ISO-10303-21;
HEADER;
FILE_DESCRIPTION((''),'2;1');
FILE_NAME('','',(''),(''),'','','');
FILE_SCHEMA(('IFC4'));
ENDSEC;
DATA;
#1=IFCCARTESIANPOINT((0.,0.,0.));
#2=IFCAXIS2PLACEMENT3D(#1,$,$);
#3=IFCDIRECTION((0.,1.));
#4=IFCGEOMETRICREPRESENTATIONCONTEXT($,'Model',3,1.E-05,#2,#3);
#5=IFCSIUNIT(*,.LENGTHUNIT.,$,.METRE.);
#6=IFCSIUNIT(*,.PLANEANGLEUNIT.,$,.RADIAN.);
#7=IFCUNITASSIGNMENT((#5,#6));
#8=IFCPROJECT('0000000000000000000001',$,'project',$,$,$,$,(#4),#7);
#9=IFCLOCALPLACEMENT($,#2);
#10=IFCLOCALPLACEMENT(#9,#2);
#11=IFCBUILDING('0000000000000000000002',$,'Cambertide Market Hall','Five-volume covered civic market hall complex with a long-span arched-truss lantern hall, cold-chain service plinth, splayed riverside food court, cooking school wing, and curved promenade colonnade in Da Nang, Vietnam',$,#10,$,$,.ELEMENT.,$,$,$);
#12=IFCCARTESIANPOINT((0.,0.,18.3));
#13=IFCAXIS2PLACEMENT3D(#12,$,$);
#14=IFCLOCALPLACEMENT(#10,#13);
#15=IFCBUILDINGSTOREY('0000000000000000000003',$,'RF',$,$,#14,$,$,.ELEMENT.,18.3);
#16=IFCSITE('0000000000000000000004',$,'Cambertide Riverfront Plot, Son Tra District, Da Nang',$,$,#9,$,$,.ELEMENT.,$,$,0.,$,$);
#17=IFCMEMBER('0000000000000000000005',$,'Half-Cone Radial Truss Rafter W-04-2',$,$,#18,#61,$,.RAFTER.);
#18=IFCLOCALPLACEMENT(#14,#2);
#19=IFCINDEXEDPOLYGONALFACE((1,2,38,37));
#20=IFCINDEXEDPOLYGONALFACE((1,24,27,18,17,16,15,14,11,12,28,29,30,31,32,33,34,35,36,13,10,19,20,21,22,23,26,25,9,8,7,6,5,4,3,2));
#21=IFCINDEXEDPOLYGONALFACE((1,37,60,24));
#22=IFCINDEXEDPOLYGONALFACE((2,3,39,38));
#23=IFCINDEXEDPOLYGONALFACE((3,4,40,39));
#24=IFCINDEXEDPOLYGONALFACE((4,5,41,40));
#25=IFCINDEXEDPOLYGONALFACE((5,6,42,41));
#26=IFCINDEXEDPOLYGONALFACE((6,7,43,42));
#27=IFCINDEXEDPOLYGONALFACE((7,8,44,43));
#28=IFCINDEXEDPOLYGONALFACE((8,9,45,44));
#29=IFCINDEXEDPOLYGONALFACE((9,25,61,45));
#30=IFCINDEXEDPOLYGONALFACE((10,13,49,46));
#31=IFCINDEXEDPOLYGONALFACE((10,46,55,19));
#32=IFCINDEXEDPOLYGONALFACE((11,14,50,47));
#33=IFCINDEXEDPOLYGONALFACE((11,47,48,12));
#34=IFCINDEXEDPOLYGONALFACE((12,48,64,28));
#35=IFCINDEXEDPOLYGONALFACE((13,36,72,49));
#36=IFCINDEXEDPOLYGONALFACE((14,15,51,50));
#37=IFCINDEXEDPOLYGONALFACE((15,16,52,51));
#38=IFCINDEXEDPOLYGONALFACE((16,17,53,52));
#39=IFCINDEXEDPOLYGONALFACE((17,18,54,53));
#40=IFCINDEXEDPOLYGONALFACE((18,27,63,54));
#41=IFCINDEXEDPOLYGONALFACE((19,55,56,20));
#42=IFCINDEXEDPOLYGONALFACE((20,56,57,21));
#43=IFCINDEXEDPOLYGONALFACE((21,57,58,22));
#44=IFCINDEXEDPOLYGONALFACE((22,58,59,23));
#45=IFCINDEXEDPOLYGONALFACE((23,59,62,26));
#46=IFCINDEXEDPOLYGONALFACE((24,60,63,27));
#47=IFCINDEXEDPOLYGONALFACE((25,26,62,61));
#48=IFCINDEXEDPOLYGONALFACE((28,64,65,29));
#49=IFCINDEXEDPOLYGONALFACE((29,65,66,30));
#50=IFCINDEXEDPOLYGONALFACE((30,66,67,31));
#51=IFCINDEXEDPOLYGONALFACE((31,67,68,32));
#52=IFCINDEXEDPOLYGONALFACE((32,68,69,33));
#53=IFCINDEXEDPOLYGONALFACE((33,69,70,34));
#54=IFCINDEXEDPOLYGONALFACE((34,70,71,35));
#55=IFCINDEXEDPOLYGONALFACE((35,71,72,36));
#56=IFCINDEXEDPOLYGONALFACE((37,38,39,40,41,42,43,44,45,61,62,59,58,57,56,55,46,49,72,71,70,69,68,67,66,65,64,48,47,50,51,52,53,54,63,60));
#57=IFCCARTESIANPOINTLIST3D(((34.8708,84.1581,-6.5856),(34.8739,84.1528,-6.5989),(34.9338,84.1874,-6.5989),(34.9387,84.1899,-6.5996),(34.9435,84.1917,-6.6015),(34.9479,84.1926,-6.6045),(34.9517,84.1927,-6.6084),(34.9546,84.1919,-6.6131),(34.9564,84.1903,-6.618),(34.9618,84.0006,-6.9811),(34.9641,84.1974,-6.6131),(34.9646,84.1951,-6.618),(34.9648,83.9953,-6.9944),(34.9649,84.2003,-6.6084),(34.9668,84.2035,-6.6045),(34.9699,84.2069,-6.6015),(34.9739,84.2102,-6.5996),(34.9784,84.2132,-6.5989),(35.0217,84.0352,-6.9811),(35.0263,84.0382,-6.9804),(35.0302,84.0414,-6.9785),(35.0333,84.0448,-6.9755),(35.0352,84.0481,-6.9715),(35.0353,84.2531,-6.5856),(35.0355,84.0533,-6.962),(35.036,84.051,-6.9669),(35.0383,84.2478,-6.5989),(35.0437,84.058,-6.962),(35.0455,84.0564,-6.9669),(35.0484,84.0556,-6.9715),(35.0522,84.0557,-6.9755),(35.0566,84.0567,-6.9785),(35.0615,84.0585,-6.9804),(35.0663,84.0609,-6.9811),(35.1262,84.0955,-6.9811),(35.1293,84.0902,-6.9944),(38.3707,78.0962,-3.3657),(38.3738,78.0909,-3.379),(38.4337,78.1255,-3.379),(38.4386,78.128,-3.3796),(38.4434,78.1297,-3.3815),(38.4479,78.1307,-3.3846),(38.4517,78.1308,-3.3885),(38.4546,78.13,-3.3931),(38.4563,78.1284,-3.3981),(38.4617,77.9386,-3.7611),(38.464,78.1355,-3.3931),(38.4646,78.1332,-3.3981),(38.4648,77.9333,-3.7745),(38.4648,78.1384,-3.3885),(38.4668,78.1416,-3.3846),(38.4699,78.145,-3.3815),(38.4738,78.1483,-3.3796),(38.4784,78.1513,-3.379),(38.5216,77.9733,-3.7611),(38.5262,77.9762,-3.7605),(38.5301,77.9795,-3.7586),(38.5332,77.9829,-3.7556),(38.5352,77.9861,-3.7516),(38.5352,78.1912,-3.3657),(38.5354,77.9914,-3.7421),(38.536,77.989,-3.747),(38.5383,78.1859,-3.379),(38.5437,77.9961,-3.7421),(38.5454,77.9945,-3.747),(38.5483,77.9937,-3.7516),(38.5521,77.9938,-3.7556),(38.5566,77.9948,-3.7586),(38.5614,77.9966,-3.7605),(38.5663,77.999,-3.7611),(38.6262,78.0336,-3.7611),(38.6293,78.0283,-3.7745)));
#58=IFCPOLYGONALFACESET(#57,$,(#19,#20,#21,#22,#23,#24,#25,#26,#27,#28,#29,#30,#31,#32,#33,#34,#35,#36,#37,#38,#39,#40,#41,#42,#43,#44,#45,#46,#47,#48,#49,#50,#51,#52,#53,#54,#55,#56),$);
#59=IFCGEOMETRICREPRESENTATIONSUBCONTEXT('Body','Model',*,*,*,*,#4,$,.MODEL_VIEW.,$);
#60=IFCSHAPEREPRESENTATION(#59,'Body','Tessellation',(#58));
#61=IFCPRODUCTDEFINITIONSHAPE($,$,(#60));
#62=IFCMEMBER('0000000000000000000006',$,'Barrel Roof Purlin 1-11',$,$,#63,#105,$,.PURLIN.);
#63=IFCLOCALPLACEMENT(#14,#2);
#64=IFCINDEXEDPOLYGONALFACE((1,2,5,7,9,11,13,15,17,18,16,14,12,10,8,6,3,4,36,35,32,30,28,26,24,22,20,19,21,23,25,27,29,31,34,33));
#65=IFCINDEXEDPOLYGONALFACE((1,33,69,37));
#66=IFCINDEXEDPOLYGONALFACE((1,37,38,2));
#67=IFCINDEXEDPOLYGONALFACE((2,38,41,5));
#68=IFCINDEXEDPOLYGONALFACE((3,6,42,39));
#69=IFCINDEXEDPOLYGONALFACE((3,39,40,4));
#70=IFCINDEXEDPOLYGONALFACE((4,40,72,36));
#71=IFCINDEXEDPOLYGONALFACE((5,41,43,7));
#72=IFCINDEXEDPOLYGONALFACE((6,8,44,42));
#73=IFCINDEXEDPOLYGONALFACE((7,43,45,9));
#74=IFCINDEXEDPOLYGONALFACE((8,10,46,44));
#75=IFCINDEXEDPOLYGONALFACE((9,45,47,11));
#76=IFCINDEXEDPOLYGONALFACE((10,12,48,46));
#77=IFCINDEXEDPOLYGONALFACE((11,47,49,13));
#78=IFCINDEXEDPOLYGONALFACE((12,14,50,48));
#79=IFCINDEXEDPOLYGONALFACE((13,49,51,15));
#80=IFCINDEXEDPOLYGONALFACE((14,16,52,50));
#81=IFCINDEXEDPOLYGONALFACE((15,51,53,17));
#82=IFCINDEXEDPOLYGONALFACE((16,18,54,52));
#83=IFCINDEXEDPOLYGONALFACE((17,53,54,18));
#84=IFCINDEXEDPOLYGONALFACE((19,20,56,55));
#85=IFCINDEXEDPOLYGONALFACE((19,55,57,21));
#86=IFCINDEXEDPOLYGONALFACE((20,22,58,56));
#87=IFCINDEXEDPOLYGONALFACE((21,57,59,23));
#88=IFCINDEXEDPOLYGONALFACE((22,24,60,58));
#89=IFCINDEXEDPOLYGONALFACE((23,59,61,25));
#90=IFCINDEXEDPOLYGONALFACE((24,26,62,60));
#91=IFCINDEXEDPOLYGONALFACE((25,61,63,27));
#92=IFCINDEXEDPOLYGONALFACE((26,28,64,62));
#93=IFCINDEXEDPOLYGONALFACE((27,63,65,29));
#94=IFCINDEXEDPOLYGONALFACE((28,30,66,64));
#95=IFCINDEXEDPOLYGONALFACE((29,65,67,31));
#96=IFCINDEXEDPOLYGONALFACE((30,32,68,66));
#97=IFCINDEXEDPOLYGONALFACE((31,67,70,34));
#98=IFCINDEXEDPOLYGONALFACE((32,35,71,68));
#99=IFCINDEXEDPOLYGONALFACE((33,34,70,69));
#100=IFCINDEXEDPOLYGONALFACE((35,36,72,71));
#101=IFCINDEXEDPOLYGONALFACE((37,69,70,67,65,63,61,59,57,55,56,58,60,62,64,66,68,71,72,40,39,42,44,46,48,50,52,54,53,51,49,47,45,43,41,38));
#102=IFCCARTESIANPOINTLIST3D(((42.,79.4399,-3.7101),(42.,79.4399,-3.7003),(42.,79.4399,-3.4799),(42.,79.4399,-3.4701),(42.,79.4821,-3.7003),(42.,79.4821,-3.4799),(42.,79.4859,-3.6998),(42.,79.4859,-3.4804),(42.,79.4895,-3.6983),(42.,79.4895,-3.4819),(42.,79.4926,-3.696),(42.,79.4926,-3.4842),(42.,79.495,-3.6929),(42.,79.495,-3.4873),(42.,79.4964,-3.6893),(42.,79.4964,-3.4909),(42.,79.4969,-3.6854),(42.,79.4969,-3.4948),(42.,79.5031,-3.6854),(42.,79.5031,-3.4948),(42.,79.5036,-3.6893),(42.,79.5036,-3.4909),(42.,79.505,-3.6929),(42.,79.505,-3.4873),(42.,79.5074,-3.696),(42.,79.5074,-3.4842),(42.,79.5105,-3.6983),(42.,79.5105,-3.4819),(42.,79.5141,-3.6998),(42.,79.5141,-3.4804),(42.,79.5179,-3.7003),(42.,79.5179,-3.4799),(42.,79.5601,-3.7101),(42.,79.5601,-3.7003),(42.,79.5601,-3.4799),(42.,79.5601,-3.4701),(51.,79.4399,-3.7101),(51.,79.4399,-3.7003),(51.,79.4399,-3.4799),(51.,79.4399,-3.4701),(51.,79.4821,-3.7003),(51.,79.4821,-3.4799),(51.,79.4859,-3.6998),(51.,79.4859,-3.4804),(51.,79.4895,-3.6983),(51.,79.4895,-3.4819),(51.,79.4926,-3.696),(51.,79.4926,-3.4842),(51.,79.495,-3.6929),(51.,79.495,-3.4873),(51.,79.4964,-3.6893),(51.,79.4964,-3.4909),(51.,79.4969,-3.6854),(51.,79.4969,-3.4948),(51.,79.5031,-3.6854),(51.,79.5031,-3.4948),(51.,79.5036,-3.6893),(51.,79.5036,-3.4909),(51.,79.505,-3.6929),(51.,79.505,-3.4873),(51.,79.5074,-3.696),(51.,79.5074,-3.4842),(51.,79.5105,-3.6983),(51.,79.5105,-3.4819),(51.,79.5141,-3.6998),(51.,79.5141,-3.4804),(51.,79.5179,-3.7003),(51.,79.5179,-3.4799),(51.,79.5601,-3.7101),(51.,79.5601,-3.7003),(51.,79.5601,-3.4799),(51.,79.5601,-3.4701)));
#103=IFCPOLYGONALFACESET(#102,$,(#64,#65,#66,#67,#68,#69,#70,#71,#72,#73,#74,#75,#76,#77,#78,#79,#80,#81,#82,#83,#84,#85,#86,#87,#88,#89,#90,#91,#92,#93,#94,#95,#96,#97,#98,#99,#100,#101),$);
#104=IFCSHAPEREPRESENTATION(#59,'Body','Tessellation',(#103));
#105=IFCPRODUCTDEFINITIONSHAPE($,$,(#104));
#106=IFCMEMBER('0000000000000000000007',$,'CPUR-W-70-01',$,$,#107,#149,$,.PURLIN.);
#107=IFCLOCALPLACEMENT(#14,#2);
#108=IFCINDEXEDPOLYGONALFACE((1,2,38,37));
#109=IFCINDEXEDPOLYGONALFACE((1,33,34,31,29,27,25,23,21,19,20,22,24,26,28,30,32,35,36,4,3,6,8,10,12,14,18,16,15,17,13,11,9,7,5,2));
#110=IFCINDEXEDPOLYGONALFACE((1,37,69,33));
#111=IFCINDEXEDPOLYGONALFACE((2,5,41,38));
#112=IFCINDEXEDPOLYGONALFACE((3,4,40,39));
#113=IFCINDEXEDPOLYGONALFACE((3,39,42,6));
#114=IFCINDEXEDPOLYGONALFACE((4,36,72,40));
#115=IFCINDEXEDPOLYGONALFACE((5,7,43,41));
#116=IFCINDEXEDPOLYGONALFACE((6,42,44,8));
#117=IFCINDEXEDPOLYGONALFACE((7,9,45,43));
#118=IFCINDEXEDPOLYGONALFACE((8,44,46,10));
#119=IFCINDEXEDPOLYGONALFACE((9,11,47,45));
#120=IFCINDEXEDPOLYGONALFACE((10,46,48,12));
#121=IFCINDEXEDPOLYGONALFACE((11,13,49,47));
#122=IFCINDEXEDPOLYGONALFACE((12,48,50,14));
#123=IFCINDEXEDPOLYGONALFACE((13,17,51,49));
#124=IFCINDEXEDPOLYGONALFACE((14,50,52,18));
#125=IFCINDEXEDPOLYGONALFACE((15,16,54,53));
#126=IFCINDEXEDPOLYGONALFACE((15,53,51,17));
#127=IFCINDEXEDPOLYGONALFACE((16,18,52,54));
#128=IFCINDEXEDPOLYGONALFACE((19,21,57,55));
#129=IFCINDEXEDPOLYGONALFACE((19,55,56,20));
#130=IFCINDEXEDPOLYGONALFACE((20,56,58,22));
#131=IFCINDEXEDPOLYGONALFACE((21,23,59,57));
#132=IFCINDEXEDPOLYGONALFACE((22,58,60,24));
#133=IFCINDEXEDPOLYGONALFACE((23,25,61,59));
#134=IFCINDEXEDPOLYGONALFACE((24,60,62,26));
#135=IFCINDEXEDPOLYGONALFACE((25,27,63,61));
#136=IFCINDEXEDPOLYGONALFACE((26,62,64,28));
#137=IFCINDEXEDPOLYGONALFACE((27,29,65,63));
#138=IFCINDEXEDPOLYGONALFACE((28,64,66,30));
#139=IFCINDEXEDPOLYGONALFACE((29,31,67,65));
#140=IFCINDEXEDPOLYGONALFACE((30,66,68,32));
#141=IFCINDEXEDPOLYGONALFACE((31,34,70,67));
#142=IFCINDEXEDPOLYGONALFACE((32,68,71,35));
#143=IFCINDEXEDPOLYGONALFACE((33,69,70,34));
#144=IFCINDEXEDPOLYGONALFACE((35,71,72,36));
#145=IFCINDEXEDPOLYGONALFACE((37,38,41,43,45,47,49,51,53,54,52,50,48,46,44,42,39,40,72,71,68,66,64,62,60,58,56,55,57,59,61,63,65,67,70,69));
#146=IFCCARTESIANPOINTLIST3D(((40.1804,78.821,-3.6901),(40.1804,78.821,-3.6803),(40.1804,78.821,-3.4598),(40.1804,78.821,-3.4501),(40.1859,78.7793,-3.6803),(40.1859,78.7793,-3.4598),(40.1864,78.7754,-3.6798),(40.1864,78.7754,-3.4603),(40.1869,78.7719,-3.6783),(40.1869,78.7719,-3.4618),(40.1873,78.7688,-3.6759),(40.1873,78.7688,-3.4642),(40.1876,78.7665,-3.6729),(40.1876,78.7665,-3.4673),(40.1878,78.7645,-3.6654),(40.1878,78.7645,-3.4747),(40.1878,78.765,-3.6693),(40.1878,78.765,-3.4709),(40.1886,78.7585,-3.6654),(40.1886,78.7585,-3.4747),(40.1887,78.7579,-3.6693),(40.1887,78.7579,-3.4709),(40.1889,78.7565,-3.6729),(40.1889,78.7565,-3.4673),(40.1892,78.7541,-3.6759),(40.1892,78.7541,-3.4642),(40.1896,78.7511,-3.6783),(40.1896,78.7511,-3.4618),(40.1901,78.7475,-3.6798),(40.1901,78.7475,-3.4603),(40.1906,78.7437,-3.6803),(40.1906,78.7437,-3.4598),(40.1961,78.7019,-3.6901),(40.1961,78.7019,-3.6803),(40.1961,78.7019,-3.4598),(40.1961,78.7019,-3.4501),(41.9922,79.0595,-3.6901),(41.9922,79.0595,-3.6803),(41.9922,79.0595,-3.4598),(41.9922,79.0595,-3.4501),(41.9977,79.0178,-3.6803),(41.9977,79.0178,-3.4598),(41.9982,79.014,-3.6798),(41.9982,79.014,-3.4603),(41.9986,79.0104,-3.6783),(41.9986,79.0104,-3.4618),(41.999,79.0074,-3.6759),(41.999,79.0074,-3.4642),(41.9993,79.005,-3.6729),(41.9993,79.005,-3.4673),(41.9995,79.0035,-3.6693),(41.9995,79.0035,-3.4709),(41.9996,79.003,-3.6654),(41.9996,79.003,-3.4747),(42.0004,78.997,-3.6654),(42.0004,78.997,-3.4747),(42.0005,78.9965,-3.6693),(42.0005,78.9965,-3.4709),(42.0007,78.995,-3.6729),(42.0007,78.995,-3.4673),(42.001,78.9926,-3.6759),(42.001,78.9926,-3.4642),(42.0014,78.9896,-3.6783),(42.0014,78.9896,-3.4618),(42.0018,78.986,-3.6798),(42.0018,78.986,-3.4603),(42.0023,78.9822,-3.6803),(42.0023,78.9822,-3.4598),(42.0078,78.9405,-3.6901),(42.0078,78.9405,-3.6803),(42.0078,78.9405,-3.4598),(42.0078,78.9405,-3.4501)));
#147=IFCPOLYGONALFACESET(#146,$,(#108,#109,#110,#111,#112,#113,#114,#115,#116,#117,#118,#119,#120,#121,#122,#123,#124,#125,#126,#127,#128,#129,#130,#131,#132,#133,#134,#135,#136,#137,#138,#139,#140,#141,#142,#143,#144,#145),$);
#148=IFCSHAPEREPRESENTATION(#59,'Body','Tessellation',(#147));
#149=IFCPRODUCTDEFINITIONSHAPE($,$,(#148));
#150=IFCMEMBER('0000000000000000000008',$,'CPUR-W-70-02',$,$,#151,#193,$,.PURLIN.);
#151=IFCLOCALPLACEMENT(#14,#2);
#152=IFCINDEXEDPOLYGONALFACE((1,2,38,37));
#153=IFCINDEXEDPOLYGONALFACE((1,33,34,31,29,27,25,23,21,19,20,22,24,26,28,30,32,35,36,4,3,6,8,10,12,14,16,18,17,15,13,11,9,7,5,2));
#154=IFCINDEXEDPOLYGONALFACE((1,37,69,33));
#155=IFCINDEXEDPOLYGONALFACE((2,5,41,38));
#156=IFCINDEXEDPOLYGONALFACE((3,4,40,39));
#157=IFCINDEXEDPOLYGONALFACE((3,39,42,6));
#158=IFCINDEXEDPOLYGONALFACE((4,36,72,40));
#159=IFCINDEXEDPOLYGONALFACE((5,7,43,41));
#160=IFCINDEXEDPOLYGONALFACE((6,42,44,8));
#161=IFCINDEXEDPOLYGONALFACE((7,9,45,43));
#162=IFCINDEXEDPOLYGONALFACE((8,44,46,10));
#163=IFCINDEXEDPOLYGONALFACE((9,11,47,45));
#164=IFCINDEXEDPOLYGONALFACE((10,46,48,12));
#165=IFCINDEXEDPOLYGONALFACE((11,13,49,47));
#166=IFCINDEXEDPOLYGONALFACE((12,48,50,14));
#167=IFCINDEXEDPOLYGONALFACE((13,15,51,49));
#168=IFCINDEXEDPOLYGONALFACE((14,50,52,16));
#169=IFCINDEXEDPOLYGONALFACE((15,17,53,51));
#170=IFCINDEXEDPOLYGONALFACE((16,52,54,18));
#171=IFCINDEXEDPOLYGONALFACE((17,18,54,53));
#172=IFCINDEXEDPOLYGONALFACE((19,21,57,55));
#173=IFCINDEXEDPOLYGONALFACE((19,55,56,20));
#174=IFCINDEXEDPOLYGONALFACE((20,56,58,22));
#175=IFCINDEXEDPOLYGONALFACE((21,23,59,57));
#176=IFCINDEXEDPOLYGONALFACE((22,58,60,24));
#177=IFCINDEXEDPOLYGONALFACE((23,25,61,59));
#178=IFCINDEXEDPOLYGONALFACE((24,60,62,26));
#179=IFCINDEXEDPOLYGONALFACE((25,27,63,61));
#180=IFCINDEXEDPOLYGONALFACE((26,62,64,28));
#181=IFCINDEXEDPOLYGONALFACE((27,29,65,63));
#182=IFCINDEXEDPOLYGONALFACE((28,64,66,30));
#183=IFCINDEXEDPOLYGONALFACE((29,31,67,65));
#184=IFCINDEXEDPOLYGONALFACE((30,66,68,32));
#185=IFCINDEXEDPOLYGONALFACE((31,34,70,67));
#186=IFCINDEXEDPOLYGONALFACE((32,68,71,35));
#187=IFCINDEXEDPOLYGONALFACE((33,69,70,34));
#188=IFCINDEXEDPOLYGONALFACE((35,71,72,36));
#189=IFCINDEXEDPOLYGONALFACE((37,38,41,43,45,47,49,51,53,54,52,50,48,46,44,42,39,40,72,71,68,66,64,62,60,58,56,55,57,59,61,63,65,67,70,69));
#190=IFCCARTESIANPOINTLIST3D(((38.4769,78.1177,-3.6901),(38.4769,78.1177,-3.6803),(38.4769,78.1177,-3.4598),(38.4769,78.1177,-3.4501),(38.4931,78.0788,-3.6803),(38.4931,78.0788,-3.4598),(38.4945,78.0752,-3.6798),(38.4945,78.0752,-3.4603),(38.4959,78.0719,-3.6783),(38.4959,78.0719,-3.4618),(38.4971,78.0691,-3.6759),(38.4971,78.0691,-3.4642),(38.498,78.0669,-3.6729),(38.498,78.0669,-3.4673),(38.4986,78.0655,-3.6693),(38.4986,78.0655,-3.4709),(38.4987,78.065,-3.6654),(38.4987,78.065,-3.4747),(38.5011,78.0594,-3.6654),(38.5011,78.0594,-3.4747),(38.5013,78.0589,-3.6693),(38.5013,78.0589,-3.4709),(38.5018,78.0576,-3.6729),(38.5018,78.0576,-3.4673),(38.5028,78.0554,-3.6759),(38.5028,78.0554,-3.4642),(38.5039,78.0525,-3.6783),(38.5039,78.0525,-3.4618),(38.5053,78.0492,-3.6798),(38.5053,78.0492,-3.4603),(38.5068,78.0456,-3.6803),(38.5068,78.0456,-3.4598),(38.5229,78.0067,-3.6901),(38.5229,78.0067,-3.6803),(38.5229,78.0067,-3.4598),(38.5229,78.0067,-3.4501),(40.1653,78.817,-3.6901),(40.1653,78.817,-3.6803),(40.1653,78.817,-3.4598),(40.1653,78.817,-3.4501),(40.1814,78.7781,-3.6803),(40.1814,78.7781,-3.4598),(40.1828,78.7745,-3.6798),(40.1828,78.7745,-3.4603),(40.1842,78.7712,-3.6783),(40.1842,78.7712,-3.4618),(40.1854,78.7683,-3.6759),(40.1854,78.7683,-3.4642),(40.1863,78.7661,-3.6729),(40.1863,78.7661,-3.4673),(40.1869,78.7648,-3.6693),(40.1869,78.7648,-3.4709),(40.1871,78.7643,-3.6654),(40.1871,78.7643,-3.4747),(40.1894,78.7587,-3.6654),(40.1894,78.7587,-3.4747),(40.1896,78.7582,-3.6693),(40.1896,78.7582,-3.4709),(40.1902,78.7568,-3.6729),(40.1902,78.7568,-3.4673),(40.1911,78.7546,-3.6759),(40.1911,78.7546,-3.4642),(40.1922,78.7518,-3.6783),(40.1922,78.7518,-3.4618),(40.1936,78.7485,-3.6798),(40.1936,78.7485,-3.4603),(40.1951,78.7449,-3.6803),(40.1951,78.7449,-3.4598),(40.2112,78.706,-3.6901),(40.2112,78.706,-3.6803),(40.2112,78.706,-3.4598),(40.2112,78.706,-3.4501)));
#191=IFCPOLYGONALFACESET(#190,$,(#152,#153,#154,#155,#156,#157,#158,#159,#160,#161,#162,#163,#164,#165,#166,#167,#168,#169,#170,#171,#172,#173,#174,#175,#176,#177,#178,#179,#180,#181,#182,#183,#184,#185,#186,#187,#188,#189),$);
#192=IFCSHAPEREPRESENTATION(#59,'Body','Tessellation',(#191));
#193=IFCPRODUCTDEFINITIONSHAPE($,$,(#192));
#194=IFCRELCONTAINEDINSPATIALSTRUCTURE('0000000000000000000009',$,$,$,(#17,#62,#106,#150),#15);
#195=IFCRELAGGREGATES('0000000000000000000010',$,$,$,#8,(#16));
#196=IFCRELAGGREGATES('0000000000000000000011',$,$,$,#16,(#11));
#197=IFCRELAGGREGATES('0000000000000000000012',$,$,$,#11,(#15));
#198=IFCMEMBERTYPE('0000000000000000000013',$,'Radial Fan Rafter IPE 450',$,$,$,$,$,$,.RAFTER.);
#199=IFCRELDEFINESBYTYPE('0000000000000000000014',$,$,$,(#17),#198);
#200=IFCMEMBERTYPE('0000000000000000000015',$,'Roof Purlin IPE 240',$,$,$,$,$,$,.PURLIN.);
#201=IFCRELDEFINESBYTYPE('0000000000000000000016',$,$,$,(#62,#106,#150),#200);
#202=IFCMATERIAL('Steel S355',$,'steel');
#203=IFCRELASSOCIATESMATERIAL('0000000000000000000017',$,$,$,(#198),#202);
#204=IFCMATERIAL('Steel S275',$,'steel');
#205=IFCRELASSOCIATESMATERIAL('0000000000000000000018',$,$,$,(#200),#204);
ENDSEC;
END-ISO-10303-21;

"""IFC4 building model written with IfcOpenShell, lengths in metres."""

from ifc_helpers import new_model, si_unit, direction, frame, origin, origin_2d, place, context, subcontext, project, spatial, i_section, extrude, material, material_profile, profile_set, type_object, element, save


model = new_model("IFC4")

# Units and contexts
model_context = context("Model", 3, precision=1e-05, world=origin(), true_north=direction((0.0, 1.0)))
body_context = subcontext(model_context, "Body", "Model", "MODEL_VIEW")
ifc_project = project(units=[si_unit("LENGTHUNIT", "METRE"), si_unit("PLANEANGLEUNIT", "RADIAN")], contexts=[model_context])

# Site, building, storey
site_placement = place(None, origin())
site = spatial("IfcSite", under=ifc_project, at=site_placement, Name="Cambertide Riverfront Plot, Son Tra District, Da Nang", CompositionType="ELEMENT", RefElevation=0.0)
building_placement = place(site_placement, origin())
building = spatial("IfcBuilding", under=site, at=building_placement, Name="Cambertide Market Hall", Description="Five-volume covered civic market hall complex with a long-span arched-truss lantern hall, cold-chain service plinth, splayed riverside food court, cooking school wing, and curved promenade colonnade in Da Nang, Vietnam", CompositionType="ELEMENT")
storey_placement = place(building_placement, frame((0.0, 0.0, 18.3)))
storey = spatial("IfcBuildingStorey", under=building, at=storey_placement, Name="RF", CompositionType="ELEMENT", Elevation=18.3)

# Members
ifc_material_1 = material(Name="Steel S355", Category="steel")
ifc_material_profile_1 = material_profile(ifc_material_1, i_section(OverallWidth=0.1899, OverallDepth=0.45, WebThickness=0.0095, FlangeThickness=0.0146, FilletRadius=0.021, at=origin_2d()), Name="IPE 450")
ifc_profile_set_1 = profile_set([ifc_material_profile_1], Name="Steel S355")
member_type_1 = type_object("IfcMemberType", Name="Radial Fan Rafter IPE 450", PredefinedType="RAFTER", material=ifc_profile_set_1)
member_1_placement = place(storey_placement, frame((38.5, 78.0623, -3.5701), z_axis=(-0.454254, 0.786769, -0.41791), x_axis=(-0.866019, -0.50001, 0.0)))
element("IfcMember", 1, at=member_1_placement, inside=storey, type_object=member_type_1, Name="Half-Cone Radial Truss Rafter W-04-2", PredefinedType="RAFTER", context=body_context, shape_type="SweptSolid", body=[
    extrude(i_section(OverallWidth=0.1899, OverallDepth=0.45, WebThickness=0.0095, FlangeThickness=0.0146, FilletRadius=0.021, at=origin_2d()), origin(), (0.0, 0.0, 1.0), 7.7048),
])
ifc_material_2 = material(Name="Steel S275", Category="steel")
ifc_material_profile_2 = material_profile(ifc_material_2, i_section(OverallWidth=0.1201, OverallDepth=0.24, WebThickness=0.0061, FlangeThickness=0.0098, FilletRadius=0.0149, at=origin_2d()), Name="IPE 240")
ifc_profile_set_2 = profile_set([ifc_material_profile_2], Name="Steel S275")
member_type_2 = type_object("IfcMemberType", Name="Roof Purlin IPE 240", PredefinedType="PURLIN", material=ifc_profile_set_2)
member_2_placement = place(storey_placement, frame((42.0, 79.5, -3.5901), z_axis=(1.0, 0.0, 0.0), x_axis=(0.0, 1.0, 0.0)))
element("IfcMember", 2, at=member_2_placement, inside=storey, type_object=member_type_2, Name="Barrel Roof Purlin 1-11", PredefinedType="PURLIN", context=body_context, shape_type="SweptSolid", body=[
    extrude(i_section(OverallWidth=0.1201, OverallDepth=0.24, WebThickness=0.0061, FlangeThickness=0.0098, FilletRadius=0.0149, at=origin_2d()), origin(), (0.0, 0.0, 1.0), 9.0),
])
for number, where, z_axis, x_axis, name in (
    (3, (42.0, 79.0, -3.5701), (-0.991445, -0.130527, 0.0), (0.130527, -0.991445, 0.0), "CPUR-W-70-01"),
    (4, (40.1882, 78.7615, -3.5701), (-0.923893, -0.382651, 0.0), (0.382651, -0.923893, 0.0), "CPUR-W-70-02"),
):
    element("IfcMember", number, at=place(storey_placement, frame(where, z_axis=z_axis, x_axis=x_axis)), inside=storey, type_object=member_type_2, Name=name, PredefinedType="PURLIN", context=body_context, shape_type="SweptSolid", body=[
        extrude(i_section(OverallWidth=0.1201, OverallDepth=0.24, WebThickness=0.0061, FlangeThickness=0.0098, FilletRadius=0.0149, at=origin_2d()), origin(), (0.0, 0.0, 1.0), 1.8274),
    ])

save(model, "model.ifc")
